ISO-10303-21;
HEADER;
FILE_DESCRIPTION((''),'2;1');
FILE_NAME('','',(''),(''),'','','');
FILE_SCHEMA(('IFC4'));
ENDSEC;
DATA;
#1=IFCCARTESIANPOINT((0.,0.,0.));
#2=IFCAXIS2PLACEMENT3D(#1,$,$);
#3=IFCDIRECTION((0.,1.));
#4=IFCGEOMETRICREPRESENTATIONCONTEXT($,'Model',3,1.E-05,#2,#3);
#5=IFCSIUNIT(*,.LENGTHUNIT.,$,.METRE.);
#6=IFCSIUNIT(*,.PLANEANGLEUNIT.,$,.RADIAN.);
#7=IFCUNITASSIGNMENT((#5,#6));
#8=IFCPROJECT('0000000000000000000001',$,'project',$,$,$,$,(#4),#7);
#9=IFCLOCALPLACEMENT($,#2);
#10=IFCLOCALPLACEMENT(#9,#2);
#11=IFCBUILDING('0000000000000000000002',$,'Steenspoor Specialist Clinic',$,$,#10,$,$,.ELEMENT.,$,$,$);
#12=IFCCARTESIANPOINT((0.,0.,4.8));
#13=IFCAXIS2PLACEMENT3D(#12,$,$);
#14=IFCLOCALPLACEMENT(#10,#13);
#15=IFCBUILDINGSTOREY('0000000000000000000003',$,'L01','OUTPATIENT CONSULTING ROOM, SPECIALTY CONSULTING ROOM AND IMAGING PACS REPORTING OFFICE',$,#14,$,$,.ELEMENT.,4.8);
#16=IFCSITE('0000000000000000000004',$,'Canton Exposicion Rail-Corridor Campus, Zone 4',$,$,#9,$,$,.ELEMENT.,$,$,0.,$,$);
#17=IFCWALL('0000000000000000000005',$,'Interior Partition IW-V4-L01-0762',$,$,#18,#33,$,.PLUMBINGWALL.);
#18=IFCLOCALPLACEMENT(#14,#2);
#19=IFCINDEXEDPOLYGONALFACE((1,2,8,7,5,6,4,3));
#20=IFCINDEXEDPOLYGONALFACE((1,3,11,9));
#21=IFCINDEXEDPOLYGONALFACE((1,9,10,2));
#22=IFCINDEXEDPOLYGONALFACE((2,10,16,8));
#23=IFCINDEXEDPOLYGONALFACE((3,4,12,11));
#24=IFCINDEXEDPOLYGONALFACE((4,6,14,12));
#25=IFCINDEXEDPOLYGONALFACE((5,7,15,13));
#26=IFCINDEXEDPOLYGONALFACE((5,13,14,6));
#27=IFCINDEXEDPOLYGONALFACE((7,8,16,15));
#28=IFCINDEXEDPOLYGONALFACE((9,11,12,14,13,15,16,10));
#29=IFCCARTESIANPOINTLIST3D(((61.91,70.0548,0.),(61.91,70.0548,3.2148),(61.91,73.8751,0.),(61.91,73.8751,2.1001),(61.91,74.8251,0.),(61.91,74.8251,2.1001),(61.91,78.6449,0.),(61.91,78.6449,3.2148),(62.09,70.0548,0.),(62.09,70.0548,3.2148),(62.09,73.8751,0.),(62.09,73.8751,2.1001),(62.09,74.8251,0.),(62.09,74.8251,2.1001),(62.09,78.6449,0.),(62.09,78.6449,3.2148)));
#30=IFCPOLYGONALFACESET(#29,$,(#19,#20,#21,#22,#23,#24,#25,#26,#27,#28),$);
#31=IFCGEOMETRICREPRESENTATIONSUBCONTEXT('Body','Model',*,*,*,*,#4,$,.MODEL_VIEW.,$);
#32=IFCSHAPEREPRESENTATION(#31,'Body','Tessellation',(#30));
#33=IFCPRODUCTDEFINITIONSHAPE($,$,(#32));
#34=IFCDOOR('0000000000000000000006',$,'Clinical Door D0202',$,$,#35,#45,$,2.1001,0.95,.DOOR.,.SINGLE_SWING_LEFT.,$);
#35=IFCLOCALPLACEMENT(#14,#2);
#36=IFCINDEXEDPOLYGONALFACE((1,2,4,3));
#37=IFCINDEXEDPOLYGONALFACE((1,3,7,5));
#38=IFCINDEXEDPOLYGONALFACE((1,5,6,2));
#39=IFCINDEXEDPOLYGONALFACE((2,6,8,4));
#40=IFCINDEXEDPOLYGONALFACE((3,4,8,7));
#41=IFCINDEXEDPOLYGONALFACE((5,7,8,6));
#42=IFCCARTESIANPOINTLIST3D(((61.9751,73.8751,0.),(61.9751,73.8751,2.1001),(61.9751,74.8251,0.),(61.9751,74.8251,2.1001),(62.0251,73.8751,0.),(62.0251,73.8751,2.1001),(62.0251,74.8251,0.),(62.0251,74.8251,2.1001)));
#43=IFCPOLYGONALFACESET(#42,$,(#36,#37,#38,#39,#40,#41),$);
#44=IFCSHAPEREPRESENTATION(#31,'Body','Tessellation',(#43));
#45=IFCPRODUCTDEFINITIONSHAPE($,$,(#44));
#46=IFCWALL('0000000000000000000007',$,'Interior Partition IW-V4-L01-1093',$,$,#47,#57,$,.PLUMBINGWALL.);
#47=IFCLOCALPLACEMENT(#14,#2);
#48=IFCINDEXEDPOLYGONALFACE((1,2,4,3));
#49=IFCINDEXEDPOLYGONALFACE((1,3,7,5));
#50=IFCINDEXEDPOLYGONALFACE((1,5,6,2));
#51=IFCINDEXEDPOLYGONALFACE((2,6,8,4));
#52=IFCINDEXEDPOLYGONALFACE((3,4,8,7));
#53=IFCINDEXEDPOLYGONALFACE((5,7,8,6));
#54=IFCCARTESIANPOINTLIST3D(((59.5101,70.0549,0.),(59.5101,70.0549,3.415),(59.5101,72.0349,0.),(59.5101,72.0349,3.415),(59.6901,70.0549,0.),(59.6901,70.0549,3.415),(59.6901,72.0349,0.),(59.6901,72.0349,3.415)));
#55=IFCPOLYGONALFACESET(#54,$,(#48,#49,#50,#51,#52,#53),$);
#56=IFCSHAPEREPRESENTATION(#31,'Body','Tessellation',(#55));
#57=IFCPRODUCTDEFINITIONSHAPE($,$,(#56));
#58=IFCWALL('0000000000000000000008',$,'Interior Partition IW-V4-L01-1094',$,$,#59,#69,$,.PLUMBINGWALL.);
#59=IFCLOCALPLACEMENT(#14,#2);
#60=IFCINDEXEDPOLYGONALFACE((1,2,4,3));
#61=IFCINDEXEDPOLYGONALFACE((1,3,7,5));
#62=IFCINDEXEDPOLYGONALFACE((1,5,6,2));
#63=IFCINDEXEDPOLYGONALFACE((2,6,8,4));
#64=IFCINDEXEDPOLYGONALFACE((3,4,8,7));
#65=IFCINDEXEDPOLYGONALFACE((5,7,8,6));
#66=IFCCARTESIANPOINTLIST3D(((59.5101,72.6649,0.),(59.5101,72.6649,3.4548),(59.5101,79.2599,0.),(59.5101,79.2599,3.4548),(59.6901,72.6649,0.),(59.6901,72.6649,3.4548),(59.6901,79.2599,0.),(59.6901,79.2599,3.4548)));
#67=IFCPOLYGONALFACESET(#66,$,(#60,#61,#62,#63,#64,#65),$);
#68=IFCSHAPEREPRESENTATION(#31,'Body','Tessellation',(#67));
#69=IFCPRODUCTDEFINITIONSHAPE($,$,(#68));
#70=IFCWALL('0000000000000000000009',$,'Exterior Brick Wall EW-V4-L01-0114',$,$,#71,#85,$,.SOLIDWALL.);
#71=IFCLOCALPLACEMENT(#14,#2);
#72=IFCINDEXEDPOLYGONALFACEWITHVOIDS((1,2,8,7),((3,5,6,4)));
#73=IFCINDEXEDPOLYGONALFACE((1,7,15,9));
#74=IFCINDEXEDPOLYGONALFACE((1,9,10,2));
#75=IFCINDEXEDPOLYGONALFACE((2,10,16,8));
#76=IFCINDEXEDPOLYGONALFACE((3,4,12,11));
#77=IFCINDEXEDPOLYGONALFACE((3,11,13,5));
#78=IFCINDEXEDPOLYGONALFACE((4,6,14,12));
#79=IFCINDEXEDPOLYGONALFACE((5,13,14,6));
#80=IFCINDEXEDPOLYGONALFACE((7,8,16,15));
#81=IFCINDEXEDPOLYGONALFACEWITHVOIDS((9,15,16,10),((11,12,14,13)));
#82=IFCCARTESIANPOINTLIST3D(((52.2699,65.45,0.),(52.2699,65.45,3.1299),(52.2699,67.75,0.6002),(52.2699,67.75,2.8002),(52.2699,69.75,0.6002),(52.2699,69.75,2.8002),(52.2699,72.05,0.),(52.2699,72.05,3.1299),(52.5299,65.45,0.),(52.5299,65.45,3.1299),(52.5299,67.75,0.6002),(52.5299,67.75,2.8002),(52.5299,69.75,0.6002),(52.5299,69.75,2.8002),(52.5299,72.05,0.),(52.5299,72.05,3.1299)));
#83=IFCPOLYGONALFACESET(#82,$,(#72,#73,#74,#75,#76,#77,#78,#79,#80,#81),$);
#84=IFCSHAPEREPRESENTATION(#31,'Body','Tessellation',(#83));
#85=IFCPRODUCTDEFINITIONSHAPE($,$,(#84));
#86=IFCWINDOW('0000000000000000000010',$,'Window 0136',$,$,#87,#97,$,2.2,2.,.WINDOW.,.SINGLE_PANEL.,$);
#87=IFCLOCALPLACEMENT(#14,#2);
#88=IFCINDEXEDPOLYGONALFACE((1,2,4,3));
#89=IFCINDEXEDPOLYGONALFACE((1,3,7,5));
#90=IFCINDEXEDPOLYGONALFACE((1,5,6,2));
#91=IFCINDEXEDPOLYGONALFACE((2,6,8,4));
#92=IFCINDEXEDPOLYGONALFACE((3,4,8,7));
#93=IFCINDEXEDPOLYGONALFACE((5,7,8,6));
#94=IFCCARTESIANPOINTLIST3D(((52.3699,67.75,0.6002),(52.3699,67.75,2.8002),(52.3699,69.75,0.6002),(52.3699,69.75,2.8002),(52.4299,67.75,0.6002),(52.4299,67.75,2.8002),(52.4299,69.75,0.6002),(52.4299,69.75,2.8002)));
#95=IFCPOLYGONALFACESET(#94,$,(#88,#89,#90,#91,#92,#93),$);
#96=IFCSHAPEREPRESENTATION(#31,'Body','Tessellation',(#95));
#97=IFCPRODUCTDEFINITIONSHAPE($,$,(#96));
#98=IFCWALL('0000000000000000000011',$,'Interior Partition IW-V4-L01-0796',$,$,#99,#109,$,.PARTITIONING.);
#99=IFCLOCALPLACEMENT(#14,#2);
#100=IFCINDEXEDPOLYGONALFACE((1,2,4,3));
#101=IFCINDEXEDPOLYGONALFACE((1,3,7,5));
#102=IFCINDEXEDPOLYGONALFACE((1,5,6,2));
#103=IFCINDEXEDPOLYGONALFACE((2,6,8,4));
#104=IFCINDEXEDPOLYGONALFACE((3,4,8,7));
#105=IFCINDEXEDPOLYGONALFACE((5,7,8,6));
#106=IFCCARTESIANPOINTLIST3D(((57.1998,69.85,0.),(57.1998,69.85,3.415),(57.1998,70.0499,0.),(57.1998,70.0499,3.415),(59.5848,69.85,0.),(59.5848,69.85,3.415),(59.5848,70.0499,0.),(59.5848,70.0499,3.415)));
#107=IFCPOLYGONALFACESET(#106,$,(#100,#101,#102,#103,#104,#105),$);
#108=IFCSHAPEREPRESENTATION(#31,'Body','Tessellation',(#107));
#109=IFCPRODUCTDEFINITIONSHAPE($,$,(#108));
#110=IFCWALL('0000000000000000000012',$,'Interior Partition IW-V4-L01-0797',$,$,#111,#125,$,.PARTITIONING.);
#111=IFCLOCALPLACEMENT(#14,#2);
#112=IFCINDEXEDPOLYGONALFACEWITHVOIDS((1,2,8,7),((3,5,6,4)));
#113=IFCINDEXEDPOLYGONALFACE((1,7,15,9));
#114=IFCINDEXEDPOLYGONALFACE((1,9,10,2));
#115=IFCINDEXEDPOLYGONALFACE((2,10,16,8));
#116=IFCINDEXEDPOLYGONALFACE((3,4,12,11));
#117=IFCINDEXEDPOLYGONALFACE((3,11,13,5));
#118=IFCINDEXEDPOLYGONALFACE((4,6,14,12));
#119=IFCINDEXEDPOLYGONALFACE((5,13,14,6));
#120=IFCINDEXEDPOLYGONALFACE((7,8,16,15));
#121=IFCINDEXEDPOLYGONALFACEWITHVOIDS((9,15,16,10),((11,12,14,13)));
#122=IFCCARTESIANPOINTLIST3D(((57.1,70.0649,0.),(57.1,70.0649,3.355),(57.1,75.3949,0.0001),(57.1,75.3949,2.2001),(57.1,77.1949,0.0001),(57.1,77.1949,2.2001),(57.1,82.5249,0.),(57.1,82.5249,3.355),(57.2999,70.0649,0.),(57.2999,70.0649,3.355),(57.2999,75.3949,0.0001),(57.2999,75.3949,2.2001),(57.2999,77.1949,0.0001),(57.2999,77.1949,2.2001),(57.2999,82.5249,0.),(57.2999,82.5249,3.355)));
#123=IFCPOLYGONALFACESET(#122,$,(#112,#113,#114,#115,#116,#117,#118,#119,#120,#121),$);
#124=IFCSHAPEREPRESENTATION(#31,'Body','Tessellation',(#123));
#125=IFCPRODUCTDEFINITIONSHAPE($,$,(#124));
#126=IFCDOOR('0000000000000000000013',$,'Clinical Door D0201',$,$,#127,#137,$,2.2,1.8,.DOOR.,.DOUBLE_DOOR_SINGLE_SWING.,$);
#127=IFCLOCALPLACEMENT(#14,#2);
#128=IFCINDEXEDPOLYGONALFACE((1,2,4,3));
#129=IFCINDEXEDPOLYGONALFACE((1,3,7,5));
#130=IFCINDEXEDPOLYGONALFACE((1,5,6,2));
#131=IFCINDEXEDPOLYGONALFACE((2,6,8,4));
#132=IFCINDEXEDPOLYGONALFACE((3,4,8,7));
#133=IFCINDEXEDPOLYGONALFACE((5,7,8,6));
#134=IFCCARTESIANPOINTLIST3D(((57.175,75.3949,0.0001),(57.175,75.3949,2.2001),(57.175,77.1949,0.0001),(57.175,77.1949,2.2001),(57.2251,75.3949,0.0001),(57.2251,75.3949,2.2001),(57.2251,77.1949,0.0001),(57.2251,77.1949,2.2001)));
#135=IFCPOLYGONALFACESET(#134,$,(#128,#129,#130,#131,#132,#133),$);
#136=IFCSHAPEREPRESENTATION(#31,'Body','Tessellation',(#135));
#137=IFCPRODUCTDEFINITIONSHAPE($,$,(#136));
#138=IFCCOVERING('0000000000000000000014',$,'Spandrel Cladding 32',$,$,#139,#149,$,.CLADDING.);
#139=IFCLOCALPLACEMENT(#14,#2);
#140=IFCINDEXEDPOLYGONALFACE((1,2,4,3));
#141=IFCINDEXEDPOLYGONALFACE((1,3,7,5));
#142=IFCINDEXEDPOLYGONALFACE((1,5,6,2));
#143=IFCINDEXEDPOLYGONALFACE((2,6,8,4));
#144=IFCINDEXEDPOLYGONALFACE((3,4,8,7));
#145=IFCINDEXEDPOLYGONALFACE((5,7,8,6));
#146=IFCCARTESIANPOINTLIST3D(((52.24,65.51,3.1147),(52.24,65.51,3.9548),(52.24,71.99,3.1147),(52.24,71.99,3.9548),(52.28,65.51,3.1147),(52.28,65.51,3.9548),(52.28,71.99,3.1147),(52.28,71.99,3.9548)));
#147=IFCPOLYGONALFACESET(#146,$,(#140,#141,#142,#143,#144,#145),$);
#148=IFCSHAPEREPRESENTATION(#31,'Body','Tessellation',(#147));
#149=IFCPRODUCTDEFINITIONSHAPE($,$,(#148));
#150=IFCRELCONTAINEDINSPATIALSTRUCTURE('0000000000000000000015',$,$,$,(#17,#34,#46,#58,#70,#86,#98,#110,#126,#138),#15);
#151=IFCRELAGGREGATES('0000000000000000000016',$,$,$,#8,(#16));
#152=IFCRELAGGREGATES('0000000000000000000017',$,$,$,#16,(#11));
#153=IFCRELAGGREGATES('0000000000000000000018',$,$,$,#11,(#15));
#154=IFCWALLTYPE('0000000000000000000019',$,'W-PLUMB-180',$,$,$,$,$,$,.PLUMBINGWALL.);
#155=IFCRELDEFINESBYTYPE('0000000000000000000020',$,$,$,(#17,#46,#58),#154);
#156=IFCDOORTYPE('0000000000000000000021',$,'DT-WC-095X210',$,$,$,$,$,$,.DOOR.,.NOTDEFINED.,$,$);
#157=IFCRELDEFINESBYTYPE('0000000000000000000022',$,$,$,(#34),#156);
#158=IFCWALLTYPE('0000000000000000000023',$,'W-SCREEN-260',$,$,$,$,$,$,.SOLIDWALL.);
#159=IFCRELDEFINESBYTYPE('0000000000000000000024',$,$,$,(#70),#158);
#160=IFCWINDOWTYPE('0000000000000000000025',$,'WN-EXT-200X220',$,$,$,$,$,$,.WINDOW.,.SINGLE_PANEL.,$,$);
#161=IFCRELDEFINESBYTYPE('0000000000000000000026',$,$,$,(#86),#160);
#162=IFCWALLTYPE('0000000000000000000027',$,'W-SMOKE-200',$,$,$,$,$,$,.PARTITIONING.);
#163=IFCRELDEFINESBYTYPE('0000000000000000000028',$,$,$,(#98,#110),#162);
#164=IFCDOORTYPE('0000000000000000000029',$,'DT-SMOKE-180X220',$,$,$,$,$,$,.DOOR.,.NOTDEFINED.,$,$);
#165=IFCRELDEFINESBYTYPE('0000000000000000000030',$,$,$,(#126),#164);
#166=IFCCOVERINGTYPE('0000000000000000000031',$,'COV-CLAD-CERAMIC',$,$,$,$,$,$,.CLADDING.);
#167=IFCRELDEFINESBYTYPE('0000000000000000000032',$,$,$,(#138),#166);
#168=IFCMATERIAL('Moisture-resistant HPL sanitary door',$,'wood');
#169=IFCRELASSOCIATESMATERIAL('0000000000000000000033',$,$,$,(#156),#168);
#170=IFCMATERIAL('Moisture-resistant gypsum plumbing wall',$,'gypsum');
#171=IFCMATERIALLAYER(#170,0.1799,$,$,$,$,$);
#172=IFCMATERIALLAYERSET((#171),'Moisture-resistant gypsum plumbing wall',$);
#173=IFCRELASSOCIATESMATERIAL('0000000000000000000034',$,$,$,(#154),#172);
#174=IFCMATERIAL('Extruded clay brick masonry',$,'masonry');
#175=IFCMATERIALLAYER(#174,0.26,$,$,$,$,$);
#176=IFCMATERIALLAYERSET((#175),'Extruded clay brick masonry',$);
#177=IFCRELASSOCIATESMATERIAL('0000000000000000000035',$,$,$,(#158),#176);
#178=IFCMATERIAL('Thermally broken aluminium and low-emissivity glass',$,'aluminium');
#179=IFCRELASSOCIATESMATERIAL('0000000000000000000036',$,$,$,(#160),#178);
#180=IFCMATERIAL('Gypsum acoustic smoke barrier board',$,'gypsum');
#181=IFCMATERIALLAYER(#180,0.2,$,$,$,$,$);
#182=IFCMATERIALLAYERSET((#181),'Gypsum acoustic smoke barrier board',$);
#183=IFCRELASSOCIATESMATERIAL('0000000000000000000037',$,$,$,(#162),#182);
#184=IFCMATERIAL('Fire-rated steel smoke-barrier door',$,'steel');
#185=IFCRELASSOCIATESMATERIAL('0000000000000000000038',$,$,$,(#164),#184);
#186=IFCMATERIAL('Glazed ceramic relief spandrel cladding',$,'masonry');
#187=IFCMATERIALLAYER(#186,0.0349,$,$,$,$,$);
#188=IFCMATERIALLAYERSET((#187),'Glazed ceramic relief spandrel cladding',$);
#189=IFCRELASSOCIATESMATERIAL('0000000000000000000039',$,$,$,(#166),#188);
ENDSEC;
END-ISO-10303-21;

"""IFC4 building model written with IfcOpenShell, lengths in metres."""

from ifc_helpers import new_model, si_unit, direction, frame, frame_2d, origin, origin_2d, place, context, subcontext, project, spatial, rectangle, extrude, material, layer, layer_set, type_object, element, fill, save


model = new_model("IFC4")

# Units and contexts
model_context = context("Model", 3, precision=1e-05, world=origin(), true_north=direction((0.0, 1.0)))
body_context = subcontext(model_context, "Body", "Model", "MODEL_VIEW")
ifc_project = project(units=[si_unit("LENGTHUNIT", "METRE"), si_unit("PLANEANGLEUNIT", "RADIAN")], contexts=[model_context])

# Site, building, storey
site_placement = place(None, origin())
site = spatial("IfcSite", under=ifc_project, at=site_placement, Name="Canton Exposicion Rail-Corridor Campus, Zone 4", CompositionType="ELEMENT", RefElevation=0.0)
building_placement = place(site_placement, origin())
building = spatial("IfcBuilding", under=site, at=building_placement, Name="Steenspoor Specialist Clinic", CompositionType="ELEMENT")
storey_placement = place(building_placement, frame((0.0, 0.0, 4.8)))
storey = spatial("IfcBuildingStorey", under=building, at=storey_placement, Name="L01", Description="OUTPATIENT CONSULTING ROOM, SPECIALTY CONSULTING ROOM AND IMAGING PACS REPORTING OFFICE", CompositionType="ELEMENT", Elevation=4.8)

# Shared definitions
ifc_material_1 = material(Name="Thermally broken aluminium and low-emissivity glass", Category="aluminium")

# Shared definitions
ifc_material_2 = material(Name="Moisture-resistant HPL sanitary door", Category="wood")
door_type_1 = type_object("IfcDoorType", Name="DT-WC-095X210", OperationType="NOTDEFINED", PredefinedType="DOOR", material=ifc_material_2)

# Shared definitions
ifc_material_3 = material(Name="Moisture-resistant gypsum plumbing wall", Category="gypsum")
ifc_layer_1 = layer(ifc_material_3, 0.1799)
ifc_layer_set_1 = layer_set([ifc_layer_1], Name="Moisture-resistant gypsum plumbing wall")
wall_type_1 = type_object("IfcWallType", Name="W-PLUMB-180", PredefinedType="PLUMBINGWALL", material=ifc_layer_set_1)

# Wall, opening, door
wall_1_placement = place(storey_placement, frame((62.0, 70.0549, 0.0), z_axis=(0.0, 0.0, 1.0), x_axis=(0.0, 1.0, 0.0)))
wall_1 = element("IfcWall", 1, at=wall_1_placement, inside=storey, type_object=wall_type_1, Name="Interior Partition IW-V4-L01-0762", PredefinedType="PLUMBINGWALL", context=body_context, shape_type="SweptSolid", body=[
    extrude(rectangle(XDim=8.5901, YDim=0.1799, at=frame_2d((4.2949, 0.0))), origin(), (0.0, 0.0, 1.0), 3.2148),
])
opening_1_placement = place(wall_1_placement, frame((3.8201, 0.0, 0.0)))
opening_1 = element("IfcOpeningElement", 2, at=opening_1_placement, cuts=wall_1, PredefinedType="OPENING", context=body_context, shape_type="SweptSolid", body=[
    extrude(rectangle(XDim=0.95, YDim=2.1001, at=frame_2d((0.4751, 1.05))), frame((0.0, 0.1001, 0.0), z_axis=(0.0, -1.0, 0.0), x_axis=(1.0, 0.0, 0.0)), (0.0, 0.0, 1.0), 0.2),
])
door_1_placement = place(opening_1_placement, origin())
door_1 = element("IfcDoor", 3, at=door_1_placement, inside=storey, type_object=door_type_1, Name="Clinical Door D0202", OperationType="SINGLE_SWING_LEFT", OverallHeight=2.1001, OverallWidth=0.95, PredefinedType="DOOR", context=body_context, shape_type="SweptSolid", body=[
    extrude(rectangle(XDim=0.95, YDim=2.1001, at=frame_2d((0.4751, 1.05))), frame((0.0, 0.0249, 0.0), z_axis=(0.0, -1.0, 0.0), x_axis=(1.0, 0.0, 0.0)), (0.0, 0.0, 1.0), 0.05),
])
fill(opening_1, door_1)

# Walls
wall_2_placement = place(storey_placement, frame((59.6001, 70.0549, 0.0), z_axis=(0.0, 0.0, 1.0), x_axis=(0.0, 1.0, 0.0)))
element("IfcWall", 4, at=wall_2_placement, inside=storey, type_object=wall_type_1, Name="Interior Partition IW-V4-L01-1093", PredefinedType="PLUMBINGWALL", context=body_context, shape_type="SweptSolid", body=[
    extrude(rectangle(XDim=1.98, YDim=0.1799, at=frame_2d((0.99, 0.0))), origin(), (0.0, 0.0, 1.0), 3.415),
])
wall_3_placement = place(storey_placement, frame((59.6001, 72.665, 0.0), z_axis=(0.0, 0.0, 1.0), x_axis=(0.0, 1.0, 0.0)))
element("IfcWall", 5, at=wall_3_placement, inside=storey, type_object=wall_type_1, Name="Interior Partition IW-V4-L01-1094", PredefinedType="PLUMBINGWALL", context=body_context, shape_type="SweptSolid", body=[
    extrude(rectangle(XDim=6.595, YDim=0.1799, at=frame_2d((3.2974, 0.0))), origin(), (0.0, 0.0, 1.0), 3.4548),
])

# Wall, opening, window
ifc_material_4 = material(Name="Extruded clay brick masonry", Category="masonry")
ifc_layer_2 = layer(ifc_material_4, 0.26)
ifc_layer_set_2 = layer_set([ifc_layer_2], Name="Extruded clay brick masonry")
wall_type_2 = type_object("IfcWallType", Name="W-SCREEN-260", PredefinedType="SOLIDWALL", material=ifc_layer_set_2)
wall_4_placement = place(storey_placement, frame((52.3999, 65.45, 0.0), z_axis=(0.0, 0.0, 1.0), x_axis=(0.0, 1.0, 0.0)))
wall_4 = element("IfcWall", 6, at=wall_4_placement, inside=storey, type_object=wall_type_2, Name="Exterior Brick Wall EW-V4-L01-0114", PredefinedType="SOLIDWALL", context=body_context, shape_type="SweptSolid", body=[
    extrude(rectangle(XDim=6.6001, YDim=0.26, at=frame_2d((3.3, 0.0))), origin(), (0.0, 0.0, 1.0), 3.1299),
])
opening_2_placement = place(wall_4_placement, frame((2.3, 0.0, 0.6001)))
opening_2 = element("IfcOpeningElement", 7, at=opening_2_placement, cuts=wall_4, PredefinedType="OPENING", context=body_context, shape_type="SweptSolid", body=[
    extrude(rectangle(XDim=2.0, YDim=2.2, at=frame_2d((1.0, 1.1001))), frame((0.0, 0.1401, 0.0), z_axis=(0.0, -1.0, 0.0), x_axis=(1.0, 0.0, 0.0)), (0.0, 0.0, 1.0), 0.28),
])
window_type = type_object("IfcWindowType", Name="WN-EXT-200X220", PartitioningType="SINGLE_PANEL", PredefinedType="WINDOW", material=ifc_material_1)
window_placement = place(opening_2_placement, origin())
window = element("IfcWindow", 8, at=window_placement, inside=storey, type_object=window_type, Name="Window 0136", OverallHeight=2.2, OverallWidth=2.0, PartitioningType="SINGLE_PANEL", PredefinedType="WINDOW", context=body_context, shape_type="SweptSolid", body=[
    extrude(rectangle(XDim=2.0, YDim=2.2, at=frame_2d((1.0, 1.1001))), frame((0.0, 0.03, 0.0), z_axis=(0.0, -1.0, 0.0), x_axis=(1.0, 0.0, 0.0)), (0.0, 0.0, 1.0), 0.0601),
])
fill(opening_2, window)

# Wall
ifc_material_5 = material(Name="Gypsum acoustic smoke barrier board", Category="gypsum")
ifc_layer_3 = layer(ifc_material_5, 0.2)
ifc_layer_set_3 = layer_set([ifc_layer_3], Name="Gypsum acoustic smoke barrier board")
wall_type_3 = type_object("IfcWallType", Name="W-SMOKE-200", PredefinedType="PARTITIONING", material=ifc_layer_set_3)
wall_5_placement = place(storey_placement, frame((57.2, 69.95, 0.0), z_axis=(0.0, 0.0, 1.0), x_axis=(1.0, 0.0, 0.0)))
element("IfcWall", 9, at=wall_5_placement, inside=storey, type_object=wall_type_3, Name="Interior Partition IW-V4-L01-0796", PredefinedType="PARTITIONING", context=body_context, shape_type="SweptSolid", body=[
    extrude(rectangle(XDim=2.385, YDim=0.2, at=frame_2d((1.1924, 0.0))), origin(), (0.0, 0.0, 1.0), 3.415),
])

# Wall, opening, door
wall_6_placement = place(storey_placement, frame((57.2, 70.0649, 0.0), z_axis=(0.0, 0.0, 1.0), x_axis=(0.0, 1.0, 0.0)))
wall_6 = element("IfcWall", 10, at=wall_6_placement, inside=storey, type_object=wall_type_3, Name="Interior Partition IW-V4-L01-0797", PredefinedType="PARTITIONING", context=body_context, shape_type="SweptSolid", body=[
    extrude(rectangle(XDim=12.46, YDim=0.2, at=frame_2d((6.23, 0.0))), origin(), (0.0, 0.0, 1.0), 3.355),
])
opening_3_placement = place(wall_6_placement, frame((5.3301, 0.0, 0.0)))
opening_3 = element("IfcOpeningElement", 11, at=opening_3_placement, cuts=wall_6, PredefinedType="OPENING", context=body_context, shape_type="SweptSolid", body=[
    extrude(rectangle(XDim=1.8, YDim=2.2, at=frame_2d((0.8999, 1.1001))), frame((0.0, 0.1099, 0.0), z_axis=(0.0, -1.0, 0.0), x_axis=(1.0, 0.0, 0.0)), (0.0, 0.0, 1.0), 0.22),
])
ifc_material_6 = material(Name="Fire-rated steel smoke-barrier door", Category="steel")
door_type_2 = type_object("IfcDoorType", Name="DT-SMOKE-180X220", OperationType="NOTDEFINED", PredefinedType="DOOR", material=ifc_material_6)
door_2_placement = place(opening_3_placement, origin())
door_2 = element("IfcDoor", 12, at=door_2_placement, inside=storey, type_object=door_type_2, Name="Clinical Door D0201", OperationType="DOUBLE_DOOR_SINGLE_SWING", OverallHeight=2.2, OverallWidth=1.8, PredefinedType="DOOR", context=body_context, shape_type="SweptSolid", body=[
    extrude(rectangle(XDim=1.8, YDim=2.2, at=frame_2d((0.8999, 1.1001))), frame((0.0, 0.0249, 0.0), z_axis=(0.0, -1.0, 0.0), x_axis=(1.0, 0.0, 0.0)), (0.0, 0.0, 1.0), 0.05),
])
fill(opening_3, door_2)

# Covering
ifc_material_7 = material(Name="Glazed ceramic relief spandrel cladding", Category="masonry")
ifc_layer_4 = layer(ifc_material_7, 0.0349)
ifc_layer_set_4 = layer_set([ifc_layer_4], Name="Glazed ceramic relief spandrel cladding")
covering_type = type_object("IfcCoveringType", Name="COV-CLAD-CERAMIC", PredefinedType="CLADDING", material=ifc_layer_set_4)
covering_placement = place(storey_placement, frame((52.26, 68.75, 3.1147), z_axis=(0.0, 0.0, 1.0), x_axis=(0.0, 1.0, 0.0)))
element("IfcCovering", 13, at=covering_placement, inside=storey, type_object=covering_type, Name="Spandrel Cladding 32", PredefinedType="CLADDING", context=body_context, shape_type="SweptSolid", body=[
    extrude(rectangle(XDim=6.48, YDim=0.04, at=origin_2d()), origin(), (0.0, 0.0, 1.0), 0.8401),
])

save(model, "model.ifc")
